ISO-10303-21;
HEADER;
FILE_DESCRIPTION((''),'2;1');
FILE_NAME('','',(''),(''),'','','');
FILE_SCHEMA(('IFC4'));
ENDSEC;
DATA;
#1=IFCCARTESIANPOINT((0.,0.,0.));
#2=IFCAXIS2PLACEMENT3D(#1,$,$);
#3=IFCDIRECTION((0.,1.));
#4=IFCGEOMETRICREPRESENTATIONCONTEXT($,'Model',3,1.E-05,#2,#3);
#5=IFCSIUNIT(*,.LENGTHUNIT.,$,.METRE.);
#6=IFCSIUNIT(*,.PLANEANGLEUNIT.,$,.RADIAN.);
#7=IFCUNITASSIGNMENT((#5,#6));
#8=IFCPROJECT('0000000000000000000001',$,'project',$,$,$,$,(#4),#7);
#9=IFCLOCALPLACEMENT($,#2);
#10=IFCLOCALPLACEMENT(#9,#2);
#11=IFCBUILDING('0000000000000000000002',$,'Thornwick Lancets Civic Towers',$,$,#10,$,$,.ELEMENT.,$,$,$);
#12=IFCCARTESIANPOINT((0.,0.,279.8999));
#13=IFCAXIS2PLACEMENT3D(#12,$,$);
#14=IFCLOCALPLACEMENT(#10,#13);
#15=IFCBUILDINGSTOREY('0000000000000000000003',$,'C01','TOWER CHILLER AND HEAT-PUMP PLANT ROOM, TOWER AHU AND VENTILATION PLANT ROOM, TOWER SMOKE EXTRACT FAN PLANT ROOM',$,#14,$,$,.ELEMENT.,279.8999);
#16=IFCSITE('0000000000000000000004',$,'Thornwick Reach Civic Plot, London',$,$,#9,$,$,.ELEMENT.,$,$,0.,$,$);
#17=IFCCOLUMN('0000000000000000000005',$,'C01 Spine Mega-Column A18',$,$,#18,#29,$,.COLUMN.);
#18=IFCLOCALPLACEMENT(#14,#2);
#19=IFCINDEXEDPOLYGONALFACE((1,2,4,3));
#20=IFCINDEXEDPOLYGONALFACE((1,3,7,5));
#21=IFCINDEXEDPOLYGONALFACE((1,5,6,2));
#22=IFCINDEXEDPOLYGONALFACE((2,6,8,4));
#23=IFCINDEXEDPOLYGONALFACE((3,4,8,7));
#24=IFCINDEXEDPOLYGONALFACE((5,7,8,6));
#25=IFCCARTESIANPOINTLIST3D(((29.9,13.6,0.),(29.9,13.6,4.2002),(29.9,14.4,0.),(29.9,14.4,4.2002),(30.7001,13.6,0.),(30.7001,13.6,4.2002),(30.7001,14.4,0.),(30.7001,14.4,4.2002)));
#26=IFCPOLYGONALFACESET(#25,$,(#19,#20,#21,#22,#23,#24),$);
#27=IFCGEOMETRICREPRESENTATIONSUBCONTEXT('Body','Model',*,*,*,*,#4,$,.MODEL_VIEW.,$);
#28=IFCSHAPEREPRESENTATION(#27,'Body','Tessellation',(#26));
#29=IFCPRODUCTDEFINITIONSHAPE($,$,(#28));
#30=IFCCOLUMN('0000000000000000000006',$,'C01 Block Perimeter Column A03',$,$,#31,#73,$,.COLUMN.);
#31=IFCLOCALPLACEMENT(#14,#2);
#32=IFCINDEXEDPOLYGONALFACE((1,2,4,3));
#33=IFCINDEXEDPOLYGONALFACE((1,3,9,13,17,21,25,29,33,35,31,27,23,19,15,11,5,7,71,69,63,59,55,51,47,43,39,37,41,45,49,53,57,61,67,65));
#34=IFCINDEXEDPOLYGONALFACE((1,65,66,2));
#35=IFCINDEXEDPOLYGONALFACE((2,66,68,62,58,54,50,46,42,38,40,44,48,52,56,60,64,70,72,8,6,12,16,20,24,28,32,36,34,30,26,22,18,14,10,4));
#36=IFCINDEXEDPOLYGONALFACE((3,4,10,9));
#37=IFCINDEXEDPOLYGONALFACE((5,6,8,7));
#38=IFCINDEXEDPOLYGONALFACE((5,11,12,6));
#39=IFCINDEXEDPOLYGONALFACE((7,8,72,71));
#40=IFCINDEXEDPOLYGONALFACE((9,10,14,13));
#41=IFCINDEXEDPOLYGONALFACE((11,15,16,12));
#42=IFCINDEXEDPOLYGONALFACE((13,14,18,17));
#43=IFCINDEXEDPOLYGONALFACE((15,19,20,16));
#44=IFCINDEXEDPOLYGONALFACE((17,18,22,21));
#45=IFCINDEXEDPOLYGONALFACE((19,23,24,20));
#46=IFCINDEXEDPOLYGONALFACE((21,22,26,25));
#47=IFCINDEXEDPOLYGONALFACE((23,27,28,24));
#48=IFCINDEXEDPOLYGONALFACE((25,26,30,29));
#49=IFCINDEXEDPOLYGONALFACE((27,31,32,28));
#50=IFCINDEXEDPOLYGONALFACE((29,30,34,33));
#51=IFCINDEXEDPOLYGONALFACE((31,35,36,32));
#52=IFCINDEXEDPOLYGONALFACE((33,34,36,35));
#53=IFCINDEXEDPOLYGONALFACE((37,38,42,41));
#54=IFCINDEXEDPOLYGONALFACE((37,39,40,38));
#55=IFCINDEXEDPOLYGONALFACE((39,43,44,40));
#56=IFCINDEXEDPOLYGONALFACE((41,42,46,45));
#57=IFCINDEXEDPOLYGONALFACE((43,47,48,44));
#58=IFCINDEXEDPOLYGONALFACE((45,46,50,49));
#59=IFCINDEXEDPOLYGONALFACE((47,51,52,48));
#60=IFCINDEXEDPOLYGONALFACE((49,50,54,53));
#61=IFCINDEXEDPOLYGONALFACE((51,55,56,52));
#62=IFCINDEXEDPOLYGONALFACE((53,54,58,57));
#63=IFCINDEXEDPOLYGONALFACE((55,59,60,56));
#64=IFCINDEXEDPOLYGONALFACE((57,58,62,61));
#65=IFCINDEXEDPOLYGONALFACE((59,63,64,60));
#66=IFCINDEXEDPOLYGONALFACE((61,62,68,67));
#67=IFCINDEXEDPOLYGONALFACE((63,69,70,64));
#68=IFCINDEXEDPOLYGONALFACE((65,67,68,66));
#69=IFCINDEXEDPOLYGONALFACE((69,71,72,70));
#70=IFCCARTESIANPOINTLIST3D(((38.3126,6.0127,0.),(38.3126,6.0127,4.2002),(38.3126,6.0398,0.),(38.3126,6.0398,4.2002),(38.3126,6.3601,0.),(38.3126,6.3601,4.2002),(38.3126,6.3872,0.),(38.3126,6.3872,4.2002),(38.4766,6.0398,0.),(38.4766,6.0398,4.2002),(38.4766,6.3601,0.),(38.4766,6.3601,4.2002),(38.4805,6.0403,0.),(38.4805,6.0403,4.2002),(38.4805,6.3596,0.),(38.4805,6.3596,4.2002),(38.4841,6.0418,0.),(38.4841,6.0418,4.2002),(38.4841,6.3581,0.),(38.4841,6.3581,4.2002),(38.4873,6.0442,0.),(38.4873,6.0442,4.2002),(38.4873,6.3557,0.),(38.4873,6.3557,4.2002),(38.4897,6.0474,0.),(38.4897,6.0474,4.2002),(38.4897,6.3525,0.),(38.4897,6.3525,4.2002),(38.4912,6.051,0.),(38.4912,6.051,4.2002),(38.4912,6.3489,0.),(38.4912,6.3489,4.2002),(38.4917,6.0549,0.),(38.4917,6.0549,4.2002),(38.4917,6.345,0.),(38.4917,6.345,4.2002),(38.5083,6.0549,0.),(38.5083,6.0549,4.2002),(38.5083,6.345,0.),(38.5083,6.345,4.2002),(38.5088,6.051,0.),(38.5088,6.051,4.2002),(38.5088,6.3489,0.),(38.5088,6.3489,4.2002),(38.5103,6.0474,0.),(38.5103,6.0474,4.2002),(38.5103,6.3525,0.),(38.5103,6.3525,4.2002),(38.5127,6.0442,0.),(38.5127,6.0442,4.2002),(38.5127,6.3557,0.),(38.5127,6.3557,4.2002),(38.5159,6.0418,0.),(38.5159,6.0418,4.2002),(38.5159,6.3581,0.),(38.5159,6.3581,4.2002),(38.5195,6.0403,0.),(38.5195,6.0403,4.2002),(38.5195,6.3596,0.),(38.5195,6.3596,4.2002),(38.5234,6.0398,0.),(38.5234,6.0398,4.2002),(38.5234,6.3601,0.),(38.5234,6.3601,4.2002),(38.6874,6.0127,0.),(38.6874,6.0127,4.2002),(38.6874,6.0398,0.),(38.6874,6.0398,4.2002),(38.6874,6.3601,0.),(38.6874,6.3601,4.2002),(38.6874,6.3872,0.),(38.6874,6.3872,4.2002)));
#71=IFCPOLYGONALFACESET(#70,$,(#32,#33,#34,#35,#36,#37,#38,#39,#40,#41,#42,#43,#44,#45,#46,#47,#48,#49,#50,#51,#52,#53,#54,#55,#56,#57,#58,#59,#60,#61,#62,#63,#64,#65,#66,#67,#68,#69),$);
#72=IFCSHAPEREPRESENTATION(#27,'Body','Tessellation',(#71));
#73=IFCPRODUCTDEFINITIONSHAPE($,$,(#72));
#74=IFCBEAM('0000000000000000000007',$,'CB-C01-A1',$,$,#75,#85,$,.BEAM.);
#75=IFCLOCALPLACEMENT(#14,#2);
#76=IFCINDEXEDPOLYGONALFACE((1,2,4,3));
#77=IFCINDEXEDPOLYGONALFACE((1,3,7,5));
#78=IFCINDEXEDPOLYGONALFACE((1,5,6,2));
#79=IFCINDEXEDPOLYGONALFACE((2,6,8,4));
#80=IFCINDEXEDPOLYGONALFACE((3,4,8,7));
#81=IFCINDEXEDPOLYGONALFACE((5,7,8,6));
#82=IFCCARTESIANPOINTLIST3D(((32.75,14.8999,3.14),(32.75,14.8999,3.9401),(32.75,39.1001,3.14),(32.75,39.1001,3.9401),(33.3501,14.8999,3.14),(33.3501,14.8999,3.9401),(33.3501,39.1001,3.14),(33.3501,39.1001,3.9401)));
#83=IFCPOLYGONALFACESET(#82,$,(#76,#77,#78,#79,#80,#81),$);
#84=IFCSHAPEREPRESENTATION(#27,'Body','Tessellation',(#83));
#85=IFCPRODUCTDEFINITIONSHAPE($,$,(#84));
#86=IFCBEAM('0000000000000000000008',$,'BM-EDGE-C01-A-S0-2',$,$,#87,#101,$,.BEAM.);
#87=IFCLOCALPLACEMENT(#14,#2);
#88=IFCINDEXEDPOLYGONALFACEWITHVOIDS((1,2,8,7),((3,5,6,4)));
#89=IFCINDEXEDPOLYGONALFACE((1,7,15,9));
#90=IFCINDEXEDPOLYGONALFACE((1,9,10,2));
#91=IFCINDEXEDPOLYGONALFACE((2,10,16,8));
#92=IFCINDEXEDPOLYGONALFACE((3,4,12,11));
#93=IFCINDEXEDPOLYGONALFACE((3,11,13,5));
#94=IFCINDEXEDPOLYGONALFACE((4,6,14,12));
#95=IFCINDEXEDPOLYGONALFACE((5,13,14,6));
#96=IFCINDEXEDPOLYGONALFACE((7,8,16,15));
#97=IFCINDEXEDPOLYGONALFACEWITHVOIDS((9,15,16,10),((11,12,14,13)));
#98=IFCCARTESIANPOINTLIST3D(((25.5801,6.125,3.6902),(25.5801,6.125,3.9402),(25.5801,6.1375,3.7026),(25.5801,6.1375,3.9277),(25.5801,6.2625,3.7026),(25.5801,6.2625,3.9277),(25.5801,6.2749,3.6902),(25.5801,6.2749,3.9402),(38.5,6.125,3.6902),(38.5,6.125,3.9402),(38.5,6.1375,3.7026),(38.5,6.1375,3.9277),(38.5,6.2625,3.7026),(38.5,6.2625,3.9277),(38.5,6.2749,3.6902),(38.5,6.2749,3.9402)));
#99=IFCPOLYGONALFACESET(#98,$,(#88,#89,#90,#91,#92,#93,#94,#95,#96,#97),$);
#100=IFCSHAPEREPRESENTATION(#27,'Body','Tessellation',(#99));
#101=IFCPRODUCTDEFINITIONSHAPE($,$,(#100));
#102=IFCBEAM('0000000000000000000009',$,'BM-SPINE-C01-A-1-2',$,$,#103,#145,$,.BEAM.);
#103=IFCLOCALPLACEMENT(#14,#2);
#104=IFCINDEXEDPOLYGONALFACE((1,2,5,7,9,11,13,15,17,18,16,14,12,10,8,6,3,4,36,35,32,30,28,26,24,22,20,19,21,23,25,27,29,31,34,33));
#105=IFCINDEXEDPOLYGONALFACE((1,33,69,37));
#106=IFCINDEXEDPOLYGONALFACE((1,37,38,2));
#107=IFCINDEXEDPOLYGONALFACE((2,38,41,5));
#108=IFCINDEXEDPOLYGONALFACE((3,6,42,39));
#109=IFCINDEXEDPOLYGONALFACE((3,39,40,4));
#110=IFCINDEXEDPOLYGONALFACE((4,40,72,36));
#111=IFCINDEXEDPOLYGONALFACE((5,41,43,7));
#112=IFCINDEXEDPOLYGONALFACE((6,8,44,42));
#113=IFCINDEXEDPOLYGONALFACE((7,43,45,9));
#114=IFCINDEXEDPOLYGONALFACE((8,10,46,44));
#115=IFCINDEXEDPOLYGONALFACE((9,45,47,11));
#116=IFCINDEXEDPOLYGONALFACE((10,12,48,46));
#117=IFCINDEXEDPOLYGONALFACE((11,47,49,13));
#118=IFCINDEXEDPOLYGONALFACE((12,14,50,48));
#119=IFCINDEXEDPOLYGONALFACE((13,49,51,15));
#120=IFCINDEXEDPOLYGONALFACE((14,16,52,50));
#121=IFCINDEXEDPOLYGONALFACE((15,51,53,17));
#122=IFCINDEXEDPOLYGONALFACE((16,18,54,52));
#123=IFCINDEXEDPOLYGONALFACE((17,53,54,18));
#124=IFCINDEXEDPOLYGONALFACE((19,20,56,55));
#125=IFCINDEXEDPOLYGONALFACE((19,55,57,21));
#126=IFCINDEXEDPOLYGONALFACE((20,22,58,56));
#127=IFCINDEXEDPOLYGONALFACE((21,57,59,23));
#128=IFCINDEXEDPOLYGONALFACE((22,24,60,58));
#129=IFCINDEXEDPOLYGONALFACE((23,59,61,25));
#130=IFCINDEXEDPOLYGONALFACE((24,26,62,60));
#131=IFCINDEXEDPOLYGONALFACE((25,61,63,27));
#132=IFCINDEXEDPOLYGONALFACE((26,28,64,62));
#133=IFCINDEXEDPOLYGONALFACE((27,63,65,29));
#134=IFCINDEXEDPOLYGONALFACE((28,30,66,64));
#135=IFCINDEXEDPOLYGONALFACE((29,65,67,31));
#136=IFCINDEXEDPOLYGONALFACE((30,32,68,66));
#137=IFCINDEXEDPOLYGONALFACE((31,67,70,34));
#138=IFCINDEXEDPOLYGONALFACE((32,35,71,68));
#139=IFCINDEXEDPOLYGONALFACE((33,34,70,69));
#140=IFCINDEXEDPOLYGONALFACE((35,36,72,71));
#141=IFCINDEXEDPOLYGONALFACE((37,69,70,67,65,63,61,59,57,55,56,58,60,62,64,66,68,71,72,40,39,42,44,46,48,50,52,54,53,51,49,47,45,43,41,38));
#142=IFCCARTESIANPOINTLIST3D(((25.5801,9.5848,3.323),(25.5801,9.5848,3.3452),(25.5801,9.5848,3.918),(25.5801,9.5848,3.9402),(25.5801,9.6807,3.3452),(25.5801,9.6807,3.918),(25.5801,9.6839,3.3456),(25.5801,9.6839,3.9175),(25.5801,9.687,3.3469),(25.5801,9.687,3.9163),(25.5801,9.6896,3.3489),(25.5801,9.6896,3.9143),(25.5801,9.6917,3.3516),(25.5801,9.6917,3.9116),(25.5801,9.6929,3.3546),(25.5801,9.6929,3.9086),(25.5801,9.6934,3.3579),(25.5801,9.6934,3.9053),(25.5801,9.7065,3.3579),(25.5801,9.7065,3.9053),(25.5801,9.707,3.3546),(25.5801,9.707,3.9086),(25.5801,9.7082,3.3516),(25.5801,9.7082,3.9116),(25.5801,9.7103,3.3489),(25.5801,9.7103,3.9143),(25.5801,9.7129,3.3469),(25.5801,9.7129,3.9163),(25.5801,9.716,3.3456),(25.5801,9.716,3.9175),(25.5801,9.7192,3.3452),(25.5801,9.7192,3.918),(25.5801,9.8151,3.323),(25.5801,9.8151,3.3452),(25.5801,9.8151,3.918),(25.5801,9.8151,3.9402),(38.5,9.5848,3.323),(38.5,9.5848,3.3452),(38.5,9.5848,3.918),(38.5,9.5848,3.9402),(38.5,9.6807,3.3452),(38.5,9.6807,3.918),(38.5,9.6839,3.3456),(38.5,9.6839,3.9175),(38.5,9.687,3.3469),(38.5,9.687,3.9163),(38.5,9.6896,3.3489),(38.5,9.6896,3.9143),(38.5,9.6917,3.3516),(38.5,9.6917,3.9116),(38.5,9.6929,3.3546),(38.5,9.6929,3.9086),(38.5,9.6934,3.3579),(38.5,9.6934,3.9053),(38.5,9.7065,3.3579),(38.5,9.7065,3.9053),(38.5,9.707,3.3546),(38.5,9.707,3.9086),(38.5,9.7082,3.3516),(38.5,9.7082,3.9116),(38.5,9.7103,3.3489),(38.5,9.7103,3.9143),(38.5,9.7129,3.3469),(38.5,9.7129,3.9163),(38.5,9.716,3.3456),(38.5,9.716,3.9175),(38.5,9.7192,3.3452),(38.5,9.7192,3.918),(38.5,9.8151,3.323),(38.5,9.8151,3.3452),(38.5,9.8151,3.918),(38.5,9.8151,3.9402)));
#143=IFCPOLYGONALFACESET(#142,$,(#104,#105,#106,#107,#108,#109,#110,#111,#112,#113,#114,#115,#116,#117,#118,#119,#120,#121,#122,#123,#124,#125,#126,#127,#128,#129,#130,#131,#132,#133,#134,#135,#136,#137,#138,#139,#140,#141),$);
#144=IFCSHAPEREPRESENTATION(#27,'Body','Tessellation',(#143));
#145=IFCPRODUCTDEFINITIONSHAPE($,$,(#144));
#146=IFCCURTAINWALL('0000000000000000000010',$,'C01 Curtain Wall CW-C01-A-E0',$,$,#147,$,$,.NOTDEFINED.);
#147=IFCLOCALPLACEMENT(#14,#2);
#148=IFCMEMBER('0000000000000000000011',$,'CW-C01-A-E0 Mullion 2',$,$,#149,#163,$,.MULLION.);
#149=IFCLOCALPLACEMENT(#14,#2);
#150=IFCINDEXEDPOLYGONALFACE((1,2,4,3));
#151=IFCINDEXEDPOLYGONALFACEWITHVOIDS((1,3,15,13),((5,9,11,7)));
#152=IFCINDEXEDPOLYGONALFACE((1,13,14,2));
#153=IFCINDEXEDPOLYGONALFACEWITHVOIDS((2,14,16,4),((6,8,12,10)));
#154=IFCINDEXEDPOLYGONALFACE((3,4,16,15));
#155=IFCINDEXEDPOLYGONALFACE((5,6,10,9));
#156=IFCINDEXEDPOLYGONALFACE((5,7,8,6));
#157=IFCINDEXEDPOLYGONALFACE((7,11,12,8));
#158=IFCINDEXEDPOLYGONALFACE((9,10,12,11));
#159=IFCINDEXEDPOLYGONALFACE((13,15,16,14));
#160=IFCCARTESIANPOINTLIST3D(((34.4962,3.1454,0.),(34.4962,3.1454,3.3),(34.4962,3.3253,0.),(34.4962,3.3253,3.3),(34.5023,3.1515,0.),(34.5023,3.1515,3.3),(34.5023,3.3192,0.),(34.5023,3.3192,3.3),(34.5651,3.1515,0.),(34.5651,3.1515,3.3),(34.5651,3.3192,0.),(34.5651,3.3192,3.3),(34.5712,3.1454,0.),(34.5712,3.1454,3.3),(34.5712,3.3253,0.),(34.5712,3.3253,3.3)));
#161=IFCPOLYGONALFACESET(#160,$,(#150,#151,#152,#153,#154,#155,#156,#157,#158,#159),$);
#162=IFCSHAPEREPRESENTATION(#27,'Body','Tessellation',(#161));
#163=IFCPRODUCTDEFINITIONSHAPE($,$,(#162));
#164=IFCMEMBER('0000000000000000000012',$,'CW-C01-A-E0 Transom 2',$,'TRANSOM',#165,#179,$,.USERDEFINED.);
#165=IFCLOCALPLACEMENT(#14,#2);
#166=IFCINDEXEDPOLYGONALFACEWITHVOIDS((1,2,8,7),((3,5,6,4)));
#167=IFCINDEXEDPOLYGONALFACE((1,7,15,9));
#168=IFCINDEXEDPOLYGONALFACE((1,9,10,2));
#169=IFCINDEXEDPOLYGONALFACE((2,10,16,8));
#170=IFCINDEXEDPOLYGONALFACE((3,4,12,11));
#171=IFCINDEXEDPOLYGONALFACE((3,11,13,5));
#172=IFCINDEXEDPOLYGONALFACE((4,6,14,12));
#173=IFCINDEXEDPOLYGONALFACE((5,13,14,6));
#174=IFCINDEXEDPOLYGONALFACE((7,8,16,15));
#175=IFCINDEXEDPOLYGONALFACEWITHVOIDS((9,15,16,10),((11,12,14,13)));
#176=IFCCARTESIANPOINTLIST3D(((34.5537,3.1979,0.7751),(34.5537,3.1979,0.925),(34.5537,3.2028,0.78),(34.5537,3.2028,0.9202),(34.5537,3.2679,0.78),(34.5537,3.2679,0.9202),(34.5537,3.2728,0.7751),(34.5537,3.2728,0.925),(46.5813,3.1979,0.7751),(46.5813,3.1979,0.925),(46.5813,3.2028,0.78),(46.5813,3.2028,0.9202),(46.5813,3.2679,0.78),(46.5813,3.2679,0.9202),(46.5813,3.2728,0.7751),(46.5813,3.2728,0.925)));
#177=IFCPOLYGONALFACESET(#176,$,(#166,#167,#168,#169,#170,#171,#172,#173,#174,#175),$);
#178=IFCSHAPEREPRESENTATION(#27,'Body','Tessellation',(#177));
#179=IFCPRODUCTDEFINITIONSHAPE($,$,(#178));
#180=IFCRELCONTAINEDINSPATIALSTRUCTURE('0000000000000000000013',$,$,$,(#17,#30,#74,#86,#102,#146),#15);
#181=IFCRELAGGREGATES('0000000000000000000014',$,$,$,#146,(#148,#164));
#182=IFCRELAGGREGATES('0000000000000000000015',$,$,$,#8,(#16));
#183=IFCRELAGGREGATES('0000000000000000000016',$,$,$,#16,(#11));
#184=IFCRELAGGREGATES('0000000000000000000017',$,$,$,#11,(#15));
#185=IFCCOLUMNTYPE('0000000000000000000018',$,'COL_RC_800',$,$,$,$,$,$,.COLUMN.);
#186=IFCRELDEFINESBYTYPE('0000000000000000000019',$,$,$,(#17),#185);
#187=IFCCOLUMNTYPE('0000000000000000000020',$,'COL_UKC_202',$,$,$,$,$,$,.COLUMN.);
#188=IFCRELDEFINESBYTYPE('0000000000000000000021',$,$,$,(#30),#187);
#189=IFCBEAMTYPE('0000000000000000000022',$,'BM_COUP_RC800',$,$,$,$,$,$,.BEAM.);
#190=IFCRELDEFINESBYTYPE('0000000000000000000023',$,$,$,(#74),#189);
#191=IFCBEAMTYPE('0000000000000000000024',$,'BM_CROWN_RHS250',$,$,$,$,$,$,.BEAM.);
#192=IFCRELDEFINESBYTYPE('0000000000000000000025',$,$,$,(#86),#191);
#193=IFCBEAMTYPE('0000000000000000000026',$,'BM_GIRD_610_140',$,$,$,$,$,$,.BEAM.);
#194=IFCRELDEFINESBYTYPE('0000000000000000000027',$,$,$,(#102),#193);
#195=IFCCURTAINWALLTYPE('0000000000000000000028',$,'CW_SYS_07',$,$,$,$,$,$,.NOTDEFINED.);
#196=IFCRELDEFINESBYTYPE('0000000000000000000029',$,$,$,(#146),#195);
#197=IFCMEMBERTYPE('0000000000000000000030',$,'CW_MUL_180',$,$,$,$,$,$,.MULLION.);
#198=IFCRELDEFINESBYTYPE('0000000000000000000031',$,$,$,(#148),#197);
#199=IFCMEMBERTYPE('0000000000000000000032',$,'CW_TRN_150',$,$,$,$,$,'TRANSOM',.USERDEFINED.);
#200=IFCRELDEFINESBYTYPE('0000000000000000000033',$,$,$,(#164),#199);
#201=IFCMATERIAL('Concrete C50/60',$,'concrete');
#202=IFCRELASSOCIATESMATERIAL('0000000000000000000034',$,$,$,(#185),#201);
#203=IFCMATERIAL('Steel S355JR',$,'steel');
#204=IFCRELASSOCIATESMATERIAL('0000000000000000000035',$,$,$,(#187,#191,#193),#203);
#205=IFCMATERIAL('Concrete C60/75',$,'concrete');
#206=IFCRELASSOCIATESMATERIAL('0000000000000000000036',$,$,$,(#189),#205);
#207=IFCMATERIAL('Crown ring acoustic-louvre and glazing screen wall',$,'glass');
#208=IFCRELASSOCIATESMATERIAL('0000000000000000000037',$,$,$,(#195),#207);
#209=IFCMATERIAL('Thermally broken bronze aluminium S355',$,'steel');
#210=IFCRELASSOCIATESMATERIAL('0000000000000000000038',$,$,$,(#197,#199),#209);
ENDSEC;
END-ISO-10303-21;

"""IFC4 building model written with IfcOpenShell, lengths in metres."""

from ifc_helpers import new_model, si_unit, direction, frame, origin, origin_2d, place, context, subcontext, project, spatial, rectangle, hollow_rectangle, i_section, extrude, material, material_profile, profile_set, type_object, element, aggregate, save


model = new_model("IFC4")

# Units and contexts
model_context = context("Model", 3, precision=1e-05, world=origin(), true_north=direction((0.0, 1.0)))
body_context = subcontext(model_context, "Body", "Model", "MODEL_VIEW")
ifc_project = project(units=[si_unit("LENGTHUNIT", "METRE"), si_unit("PLANEANGLEUNIT", "RADIAN")], contexts=[model_context])

# Site, building, storey
site_placement = place(None, origin())
site = spatial("IfcSite", under=ifc_project, at=site_placement, Name="Thornwick Reach Civic Plot, London", CompositionType="ELEMENT", RefElevation=0.0)
building_placement = place(site_placement, origin())
building = spatial("IfcBuilding", under=site, at=building_placement, Name="Thornwick Lancets Civic Towers", CompositionType="ELEMENT")
storey_placement = place(building_placement, frame((0.0, 0.0, 279.8999)))
storey = spatial("IfcBuildingStorey", under=building, at=storey_placement, Name="C01", Description="TOWER CHILLER AND HEAT-PUMP PLANT ROOM, TOWER AHU AND VENTILATION PLANT ROOM, TOWER SMOKE EXTRACT FAN PLANT ROOM", CompositionType="ELEMENT", Elevation=279.8999)

# Columns
ifc_material_1 = material(Name="Concrete C50/60", Category="concrete")
ifc_material_profile_1 = material_profile(ifc_material_1, rectangle(XDim=0.8, YDim=0.8, at=origin_2d()), Name="RC 800x800")
ifc_profile_set_1 = profile_set([ifc_material_profile_1], Name="Concrete C50/60")
column_type_1 = type_object("IfcColumnType", Name="COL_RC_800", PredefinedType="COLUMN", material=ifc_profile_set_1)
column_1_placement = place(storey_placement, frame((30.3, 14.0, 0.0), z_axis=(0.0, 0.0, 1.0), x_axis=(1.0, 0.0, 0.0)))
element("IfcColumn", 1, at=column_1_placement, inside=storey, type_object=column_type_1, Name="C01 Spine Mega-Column A18", PredefinedType="COLUMN", context=body_context, shape_type="SweptSolid", body=[
    extrude(rectangle(XDim=0.8, YDim=0.8, at=origin_2d()), origin(), (0.0, 0.0, 1.0), 4.2002),
])
ifc_material_2 = material(Name="Steel S355JR", Category="steel")
ifc_material_profile_2 = material_profile(ifc_material_2, i_section(OverallWidth=0.3748, OverallDepth=0.3745, WebThickness=0.0166, FlangeThickness=0.0271, FilletRadius=0.0151, at=origin_2d()), Name="UKC 356x368x202")
ifc_profile_set_2 = profile_set([ifc_material_profile_2], Name="Steel S355JR")
column_type_2 = type_object("IfcColumnType", Name="COL_UKC_202", PredefinedType="COLUMN", material=ifc_profile_set_2)
column_2_placement = place(storey_placement, frame((38.5, 6.2, 0.0), z_axis=(0.0, 0.0, 1.0), x_axis=(1.0, 0.0, 0.0)))
element("IfcColumn", 2, at=column_2_placement, inside=storey, type_object=column_type_2, Name="C01 Block Perimeter Column A03", PredefinedType="COLUMN", context=body_context, shape_type="SweptSolid", body=[
    extrude(i_section(OverallWidth=0.3748, OverallDepth=0.3745, WebThickness=0.0166, FlangeThickness=0.0271, FilletRadius=0.0151, at=origin_2d()), origin(), (0.0, 0.0, 1.0), 4.2002),
])

# Beams
ifc_material_3 = material(Name="Concrete C60/75", Category="concrete")
ifc_material_profile_3 = material_profile(ifc_material_3, rectangle(XDim=0.6001, YDim=0.8, at=origin_2d()), Name="RC 600x800")
ifc_profile_set_3 = profile_set([ifc_material_profile_3], Name="Concrete C60/75")
beam_type_1 = type_object("IfcBeamType", Name="BM_COUP_RC800", PredefinedType="BEAM", material=ifc_profile_set_3)
beam_1_placement = place(storey_placement, frame((33.05, 14.8999, 3.54), z_axis=(0.0, 1.0, 0.0), x_axis=(-1.0, 0.0, 0.0)))
element("IfcBeam", 3, at=beam_1_placement, inside=storey, type_object=beam_type_1, Name="CB-C01-A1", PredefinedType="BEAM", context=body_context, shape_type="SweptSolid", body=[
    extrude(rectangle(XDim=0.6001, YDim=0.8, at=origin_2d()), origin(), (0.0, 0.0, 1.0), 24.2002),
])
ifc_material_profile_4 = material_profile(ifc_material_2, hollow_rectangle(XDim=0.1499, YDim=0.25, WallThickness=0.0125, at=origin_2d()), Name="RHS 250x150x12.5")
ifc_profile_set_4 = profile_set([ifc_material_profile_4], Name="Steel S355JR")
beam_type_2 = type_object("IfcBeamType", Name="BM_CROWN_RHS250", PredefinedType="BEAM", material=ifc_profile_set_4)
beam_2_placement = place(storey_placement, frame((25.5801, 6.2, 3.8152), z_axis=(1.0, 0.0, 0.0), x_axis=(0.0, 1.0, 0.0)))
element("IfcBeam", 4, at=beam_2_placement, inside=storey, type_object=beam_type_2, Name="BM-EDGE-C01-A-S0-2", PredefinedType="BEAM", context=body_context, shape_type="SweptSolid", body=[
    extrude(hollow_rectangle(XDim=0.1499, YDim=0.25, WallThickness=0.0125, at=origin_2d()), origin(), (0.0, 0.0, 1.0), 12.9199),
])
ifc_material_profile_5 = material_profile(ifc_material_2, i_section(OverallWidth=0.2302, OverallDepth=0.6172, WebThickness=0.0132, FlangeThickness=0.0222, FilletRadius=0.0127, at=origin_2d()), Name="UKB 610x229x140")
ifc_profile_set_5 = profile_set([ifc_material_profile_5], Name="Steel S355JR")
beam_type_3 = type_object("IfcBeamType", Name="BM_GIRD_610_140", PredefinedType="BEAM", material=ifc_profile_set_5)
beam_3_placement = place(storey_placement, frame((25.5801, 9.7, 3.6316), z_axis=(1.0, 0.0, 0.0), x_axis=(0.0, 1.0, 0.0)))
element("IfcBeam", 5, at=beam_3_placement, inside=storey, type_object=beam_type_3, Name="BM-SPINE-C01-A-1-2", PredefinedType="BEAM", context=body_context, shape_type="SweptSolid", body=[
    extrude(i_section(OverallWidth=0.2302, OverallDepth=0.6172, WebThickness=0.0132, FlangeThickness=0.0222, FilletRadius=0.0127, at=origin_2d()), origin(), (0.0, 0.0, 1.0), 12.9199),
])

# Curtain wall, members
ifc_material_4 = material(Name="Crown ring acoustic-louvre and glazing screen wall", Category="glass")
curtain_wall_type = type_object("IfcCurtainWallType", Name="CW_SYS_07", PredefinedType="NOTDEFINED", material=ifc_material_4)
curtain_wall_placement = place(storey_placement, origin())
curtain_wall = element("IfcCurtainWall", 6, at=curtain_wall_placement, inside=storey, type_object=curtain_wall_type, Name="C01 Curtain Wall CW-C01-A-E0", PredefinedType="NOTDEFINED")
ifc_material_5 = material(Name="Thermally broken bronze aluminium S355", Category="steel")
ifc_material_profile_6 = material_profile(ifc_material_5, hollow_rectangle(XDim=0.075, YDim=0.1799, WallThickness=0.0061, at=origin_2d()), Name="RHS 180x75x6")
ifc_profile_set_6 = profile_set([ifc_material_profile_6], Name="Thermally broken bronze aluminium S355")
member_type_1 = type_object("IfcMemberType", Name="CW_MUL_180", PredefinedType="MULLION", material=ifc_profile_set_6)
member_1_placement = place(storey_placement, frame((34.5337, 3.2354, 0.0), z_axis=(0.0, 0.0, 1.0), x_axis=(1.0, 0.0, 0.0)))
member_1 = element("IfcMember", 7, at=member_1_placement, type_object=member_type_1, Name="CW-C01-A-E0 Mullion 2", PredefinedType="MULLION", context=body_context, shape_type="SweptSolid", body=[
    extrude(hollow_rectangle(XDim=0.075, YDim=0.1799, WallThickness=0.0061, at=origin_2d()), origin(), (0.0, 0.0, 1.0), 3.3),
])
ifc_material_profile_7 = material_profile(ifc_material_5, hollow_rectangle(XDim=0.075, YDim=0.1499, WallThickness=0.0049, at=origin_2d()), Name="RHS 150x75x5")
ifc_profile_set_7 = profile_set([ifc_material_profile_7], Name="Thermally broken bronze aluminium S355")
member_type_2 = type_object("IfcMemberType", Name="CW_TRN_150", ElementType="TRANSOM", PredefinedType="USERDEFINED", material=ifc_profile_set_7)
member_2_placement = place(storey_placement, frame((34.5537, 3.2354, 0.8501), z_axis=(1.0, 0.0, 0.0), x_axis=(0.0, 1.0, 0.0)))
member_2 = element("IfcMember", 8, at=member_2_placement, type_object=member_type_2, Name="CW-C01-A-E0 Transom 2", ObjectType="TRANSOM", PredefinedType="USERDEFINED", context=body_context, shape_type="SweptSolid", body=[
    extrude(hollow_rectangle(XDim=0.075, YDim=0.1499, WallThickness=0.0049, at=origin_2d()), origin(), (0.0, 0.0, 1.0), 12.0276),
])

aggregate(curtain_wall, [member_1, member_2])

save(model, "model.ifc")
